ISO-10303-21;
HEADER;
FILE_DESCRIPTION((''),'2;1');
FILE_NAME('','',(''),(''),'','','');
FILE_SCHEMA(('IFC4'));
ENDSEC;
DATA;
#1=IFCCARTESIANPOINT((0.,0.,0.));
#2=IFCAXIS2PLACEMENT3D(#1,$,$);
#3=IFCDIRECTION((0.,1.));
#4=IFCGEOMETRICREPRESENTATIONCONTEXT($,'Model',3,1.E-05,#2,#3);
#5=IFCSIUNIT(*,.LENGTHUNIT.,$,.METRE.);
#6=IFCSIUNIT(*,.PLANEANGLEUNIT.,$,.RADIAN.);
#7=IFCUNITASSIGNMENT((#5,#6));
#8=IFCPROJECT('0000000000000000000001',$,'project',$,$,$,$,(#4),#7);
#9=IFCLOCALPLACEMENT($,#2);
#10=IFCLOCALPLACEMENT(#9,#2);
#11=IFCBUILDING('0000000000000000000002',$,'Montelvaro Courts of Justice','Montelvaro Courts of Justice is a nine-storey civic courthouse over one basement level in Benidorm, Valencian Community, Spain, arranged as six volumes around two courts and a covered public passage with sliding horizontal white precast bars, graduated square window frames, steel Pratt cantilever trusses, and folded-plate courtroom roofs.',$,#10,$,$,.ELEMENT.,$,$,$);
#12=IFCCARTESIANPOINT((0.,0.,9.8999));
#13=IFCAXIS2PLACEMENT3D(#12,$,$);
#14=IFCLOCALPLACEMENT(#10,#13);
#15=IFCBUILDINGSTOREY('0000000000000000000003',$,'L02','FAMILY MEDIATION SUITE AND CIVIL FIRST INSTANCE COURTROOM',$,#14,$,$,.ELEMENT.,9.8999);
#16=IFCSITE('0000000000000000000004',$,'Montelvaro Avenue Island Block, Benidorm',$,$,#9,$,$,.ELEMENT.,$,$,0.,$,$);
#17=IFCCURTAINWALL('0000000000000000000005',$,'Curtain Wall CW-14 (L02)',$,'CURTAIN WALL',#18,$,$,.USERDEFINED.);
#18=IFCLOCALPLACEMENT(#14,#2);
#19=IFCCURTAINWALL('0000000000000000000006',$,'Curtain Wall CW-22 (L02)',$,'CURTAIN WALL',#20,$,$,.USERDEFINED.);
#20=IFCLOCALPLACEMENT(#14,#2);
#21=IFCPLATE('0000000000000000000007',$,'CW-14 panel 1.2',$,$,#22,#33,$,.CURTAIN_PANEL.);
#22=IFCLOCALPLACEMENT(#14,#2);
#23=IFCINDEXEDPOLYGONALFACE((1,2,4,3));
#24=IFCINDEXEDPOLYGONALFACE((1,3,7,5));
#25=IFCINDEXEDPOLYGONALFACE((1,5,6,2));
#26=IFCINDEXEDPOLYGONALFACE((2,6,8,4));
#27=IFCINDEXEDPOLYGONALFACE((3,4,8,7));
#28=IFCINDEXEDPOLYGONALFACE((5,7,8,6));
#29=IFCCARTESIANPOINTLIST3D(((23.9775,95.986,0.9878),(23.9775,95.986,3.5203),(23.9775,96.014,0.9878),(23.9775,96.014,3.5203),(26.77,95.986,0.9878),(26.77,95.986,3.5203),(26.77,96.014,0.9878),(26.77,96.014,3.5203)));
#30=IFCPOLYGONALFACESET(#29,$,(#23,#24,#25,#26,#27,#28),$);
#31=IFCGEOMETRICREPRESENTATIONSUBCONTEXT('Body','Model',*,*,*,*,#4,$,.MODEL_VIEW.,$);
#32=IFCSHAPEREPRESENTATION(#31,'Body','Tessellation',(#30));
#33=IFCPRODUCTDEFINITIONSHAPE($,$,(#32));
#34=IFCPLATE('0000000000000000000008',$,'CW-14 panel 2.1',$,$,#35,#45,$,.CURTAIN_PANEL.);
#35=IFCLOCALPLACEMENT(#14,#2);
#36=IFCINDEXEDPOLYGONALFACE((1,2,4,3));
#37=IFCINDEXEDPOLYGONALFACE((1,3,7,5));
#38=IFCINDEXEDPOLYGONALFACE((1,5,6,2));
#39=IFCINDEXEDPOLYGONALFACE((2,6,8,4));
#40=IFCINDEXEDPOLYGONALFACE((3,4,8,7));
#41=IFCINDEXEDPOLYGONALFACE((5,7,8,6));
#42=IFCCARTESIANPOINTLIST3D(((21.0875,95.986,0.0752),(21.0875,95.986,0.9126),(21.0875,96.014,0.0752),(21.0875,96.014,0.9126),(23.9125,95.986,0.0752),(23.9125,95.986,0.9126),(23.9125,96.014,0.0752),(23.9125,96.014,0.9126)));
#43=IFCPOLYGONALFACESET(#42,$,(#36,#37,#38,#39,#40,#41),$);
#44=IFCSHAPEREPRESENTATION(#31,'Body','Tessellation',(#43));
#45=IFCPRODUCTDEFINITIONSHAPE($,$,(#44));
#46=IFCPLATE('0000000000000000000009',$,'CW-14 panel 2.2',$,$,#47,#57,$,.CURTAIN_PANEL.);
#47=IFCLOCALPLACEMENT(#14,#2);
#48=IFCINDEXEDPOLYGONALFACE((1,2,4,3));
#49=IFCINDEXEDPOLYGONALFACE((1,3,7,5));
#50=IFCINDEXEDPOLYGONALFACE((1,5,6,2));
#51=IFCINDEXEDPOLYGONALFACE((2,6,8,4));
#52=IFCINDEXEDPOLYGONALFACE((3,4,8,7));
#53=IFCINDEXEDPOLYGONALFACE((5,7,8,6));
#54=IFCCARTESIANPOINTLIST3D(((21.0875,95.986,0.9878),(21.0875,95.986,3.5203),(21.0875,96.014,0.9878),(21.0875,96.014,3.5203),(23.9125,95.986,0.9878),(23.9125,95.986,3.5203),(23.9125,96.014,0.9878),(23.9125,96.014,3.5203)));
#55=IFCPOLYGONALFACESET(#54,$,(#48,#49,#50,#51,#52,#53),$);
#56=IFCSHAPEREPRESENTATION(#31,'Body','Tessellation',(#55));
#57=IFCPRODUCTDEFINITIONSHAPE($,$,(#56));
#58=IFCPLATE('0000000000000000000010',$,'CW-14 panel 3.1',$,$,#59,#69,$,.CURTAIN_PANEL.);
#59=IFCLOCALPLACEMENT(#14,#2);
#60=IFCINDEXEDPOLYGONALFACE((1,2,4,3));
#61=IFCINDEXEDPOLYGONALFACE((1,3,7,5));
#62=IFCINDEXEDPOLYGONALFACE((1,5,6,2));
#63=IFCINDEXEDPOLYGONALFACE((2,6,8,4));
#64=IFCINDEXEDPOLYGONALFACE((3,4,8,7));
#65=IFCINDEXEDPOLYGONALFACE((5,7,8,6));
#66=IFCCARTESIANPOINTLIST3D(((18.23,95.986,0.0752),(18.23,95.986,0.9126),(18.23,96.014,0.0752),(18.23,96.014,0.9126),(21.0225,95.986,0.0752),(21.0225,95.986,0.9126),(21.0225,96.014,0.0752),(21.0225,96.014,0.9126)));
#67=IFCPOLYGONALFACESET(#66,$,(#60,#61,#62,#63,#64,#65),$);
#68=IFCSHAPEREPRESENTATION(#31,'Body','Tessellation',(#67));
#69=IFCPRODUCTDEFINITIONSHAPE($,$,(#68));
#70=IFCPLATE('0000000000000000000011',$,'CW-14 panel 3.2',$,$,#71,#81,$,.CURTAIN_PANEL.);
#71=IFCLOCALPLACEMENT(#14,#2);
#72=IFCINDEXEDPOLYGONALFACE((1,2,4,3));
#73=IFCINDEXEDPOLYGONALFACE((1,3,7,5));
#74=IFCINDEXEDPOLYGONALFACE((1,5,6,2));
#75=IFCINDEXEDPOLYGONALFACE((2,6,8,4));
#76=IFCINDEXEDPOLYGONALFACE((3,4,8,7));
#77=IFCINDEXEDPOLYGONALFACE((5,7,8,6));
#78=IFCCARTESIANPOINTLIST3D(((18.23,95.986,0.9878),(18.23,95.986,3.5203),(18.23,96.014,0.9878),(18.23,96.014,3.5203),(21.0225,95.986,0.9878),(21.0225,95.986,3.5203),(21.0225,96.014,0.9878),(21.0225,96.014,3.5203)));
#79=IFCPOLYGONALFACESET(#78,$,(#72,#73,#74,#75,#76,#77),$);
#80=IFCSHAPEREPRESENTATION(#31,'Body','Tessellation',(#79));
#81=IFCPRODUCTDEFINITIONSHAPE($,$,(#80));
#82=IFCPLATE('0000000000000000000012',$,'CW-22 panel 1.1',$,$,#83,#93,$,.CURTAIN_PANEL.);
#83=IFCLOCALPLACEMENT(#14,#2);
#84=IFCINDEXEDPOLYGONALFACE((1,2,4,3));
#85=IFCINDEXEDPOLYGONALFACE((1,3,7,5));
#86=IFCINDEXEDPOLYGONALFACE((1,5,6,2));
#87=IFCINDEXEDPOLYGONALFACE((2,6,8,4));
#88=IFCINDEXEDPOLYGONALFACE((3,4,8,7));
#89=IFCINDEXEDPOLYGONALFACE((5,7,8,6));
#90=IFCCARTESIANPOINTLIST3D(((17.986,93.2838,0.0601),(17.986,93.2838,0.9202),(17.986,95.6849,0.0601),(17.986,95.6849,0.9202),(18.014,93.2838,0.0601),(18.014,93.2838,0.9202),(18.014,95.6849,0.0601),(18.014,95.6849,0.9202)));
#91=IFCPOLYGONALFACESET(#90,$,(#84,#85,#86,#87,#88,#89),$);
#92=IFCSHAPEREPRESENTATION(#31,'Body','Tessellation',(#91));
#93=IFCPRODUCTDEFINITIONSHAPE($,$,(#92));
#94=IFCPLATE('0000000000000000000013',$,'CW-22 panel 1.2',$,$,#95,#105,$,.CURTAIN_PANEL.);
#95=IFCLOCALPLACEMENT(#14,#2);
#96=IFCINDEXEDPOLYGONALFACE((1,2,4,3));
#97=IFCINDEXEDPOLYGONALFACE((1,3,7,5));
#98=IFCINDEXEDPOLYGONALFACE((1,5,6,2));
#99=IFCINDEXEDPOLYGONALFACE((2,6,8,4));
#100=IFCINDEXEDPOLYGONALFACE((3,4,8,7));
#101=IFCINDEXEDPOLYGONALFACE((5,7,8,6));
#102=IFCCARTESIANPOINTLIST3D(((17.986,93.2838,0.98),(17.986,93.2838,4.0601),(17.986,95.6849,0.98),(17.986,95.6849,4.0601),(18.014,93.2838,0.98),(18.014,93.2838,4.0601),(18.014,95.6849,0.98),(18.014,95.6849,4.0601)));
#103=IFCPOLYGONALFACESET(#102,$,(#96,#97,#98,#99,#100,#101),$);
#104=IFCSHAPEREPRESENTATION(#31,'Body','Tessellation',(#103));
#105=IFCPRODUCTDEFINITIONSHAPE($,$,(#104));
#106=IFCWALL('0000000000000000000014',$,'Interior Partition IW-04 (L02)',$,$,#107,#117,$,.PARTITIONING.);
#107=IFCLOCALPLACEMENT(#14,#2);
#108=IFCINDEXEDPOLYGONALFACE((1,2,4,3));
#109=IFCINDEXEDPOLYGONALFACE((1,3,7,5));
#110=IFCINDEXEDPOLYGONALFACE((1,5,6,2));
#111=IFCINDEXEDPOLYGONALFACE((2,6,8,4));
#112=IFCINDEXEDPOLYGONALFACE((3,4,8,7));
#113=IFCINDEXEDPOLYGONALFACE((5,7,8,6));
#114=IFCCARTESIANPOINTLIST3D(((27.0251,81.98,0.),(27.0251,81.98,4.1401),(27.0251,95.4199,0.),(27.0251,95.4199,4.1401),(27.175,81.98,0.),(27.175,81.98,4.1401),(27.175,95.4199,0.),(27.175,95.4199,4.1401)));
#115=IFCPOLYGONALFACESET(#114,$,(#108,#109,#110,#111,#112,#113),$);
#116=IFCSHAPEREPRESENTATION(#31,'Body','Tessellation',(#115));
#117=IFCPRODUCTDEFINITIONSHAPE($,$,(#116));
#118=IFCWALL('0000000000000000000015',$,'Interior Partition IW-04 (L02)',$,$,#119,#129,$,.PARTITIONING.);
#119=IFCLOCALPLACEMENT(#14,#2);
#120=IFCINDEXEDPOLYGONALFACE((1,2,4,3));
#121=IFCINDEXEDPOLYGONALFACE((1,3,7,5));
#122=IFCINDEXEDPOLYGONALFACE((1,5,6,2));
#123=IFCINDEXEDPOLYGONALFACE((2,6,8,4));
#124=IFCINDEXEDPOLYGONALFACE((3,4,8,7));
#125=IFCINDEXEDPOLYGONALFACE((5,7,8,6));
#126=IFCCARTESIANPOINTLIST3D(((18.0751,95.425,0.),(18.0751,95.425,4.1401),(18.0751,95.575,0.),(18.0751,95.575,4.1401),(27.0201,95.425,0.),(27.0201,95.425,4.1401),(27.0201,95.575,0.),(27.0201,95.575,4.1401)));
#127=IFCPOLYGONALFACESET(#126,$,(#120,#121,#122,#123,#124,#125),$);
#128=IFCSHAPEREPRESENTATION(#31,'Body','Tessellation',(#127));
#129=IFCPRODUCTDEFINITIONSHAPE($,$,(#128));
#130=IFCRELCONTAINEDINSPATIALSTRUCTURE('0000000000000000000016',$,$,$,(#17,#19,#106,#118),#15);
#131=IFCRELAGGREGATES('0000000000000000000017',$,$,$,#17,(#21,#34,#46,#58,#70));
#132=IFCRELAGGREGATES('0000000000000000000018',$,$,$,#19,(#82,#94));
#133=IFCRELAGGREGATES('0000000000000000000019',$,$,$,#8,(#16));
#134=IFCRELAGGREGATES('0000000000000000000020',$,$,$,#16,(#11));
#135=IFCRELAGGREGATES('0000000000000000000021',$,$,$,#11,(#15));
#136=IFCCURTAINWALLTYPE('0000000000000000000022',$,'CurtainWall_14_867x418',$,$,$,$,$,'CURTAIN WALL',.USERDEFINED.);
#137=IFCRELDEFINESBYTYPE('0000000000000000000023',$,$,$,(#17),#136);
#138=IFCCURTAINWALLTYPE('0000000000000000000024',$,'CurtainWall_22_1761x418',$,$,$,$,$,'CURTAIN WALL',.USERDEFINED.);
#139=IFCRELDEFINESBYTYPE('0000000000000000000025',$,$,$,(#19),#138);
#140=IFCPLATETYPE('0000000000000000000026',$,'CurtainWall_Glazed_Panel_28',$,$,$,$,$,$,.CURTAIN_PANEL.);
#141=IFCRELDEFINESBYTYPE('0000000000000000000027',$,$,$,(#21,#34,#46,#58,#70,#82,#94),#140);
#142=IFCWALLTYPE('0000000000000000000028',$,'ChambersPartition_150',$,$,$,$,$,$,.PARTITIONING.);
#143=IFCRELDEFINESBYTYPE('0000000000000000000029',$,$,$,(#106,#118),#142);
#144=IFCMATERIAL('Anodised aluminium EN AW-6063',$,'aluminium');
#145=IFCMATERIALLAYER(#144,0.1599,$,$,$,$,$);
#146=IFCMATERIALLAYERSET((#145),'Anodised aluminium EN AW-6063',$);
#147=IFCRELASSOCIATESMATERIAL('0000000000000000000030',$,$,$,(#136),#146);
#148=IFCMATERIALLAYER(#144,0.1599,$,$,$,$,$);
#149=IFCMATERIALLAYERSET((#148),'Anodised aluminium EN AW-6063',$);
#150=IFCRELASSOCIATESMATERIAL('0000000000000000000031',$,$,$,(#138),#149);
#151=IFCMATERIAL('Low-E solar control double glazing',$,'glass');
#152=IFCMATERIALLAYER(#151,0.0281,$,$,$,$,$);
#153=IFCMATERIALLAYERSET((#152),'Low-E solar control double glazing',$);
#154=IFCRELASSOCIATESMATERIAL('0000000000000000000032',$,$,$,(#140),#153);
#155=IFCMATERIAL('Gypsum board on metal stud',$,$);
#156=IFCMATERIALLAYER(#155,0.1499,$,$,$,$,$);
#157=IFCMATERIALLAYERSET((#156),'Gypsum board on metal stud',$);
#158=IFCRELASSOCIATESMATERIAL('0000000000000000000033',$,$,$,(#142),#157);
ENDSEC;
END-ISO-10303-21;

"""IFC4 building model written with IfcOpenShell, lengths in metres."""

from ifc_helpers import new_model, si_unit, direction, frame, frame_2d, origin, origin_2d, place, context, subcontext, project, spatial, rectangle, extrude, material, layer, layer_set, type_object, element, aggregate, save


model = new_model("IFC4")

# Units and contexts
model_context = context("Model", 3, precision=1e-05, world=origin(), true_north=direction((0.0, 1.0)))
body_context = subcontext(model_context, "Body", "Model", "MODEL_VIEW")
ifc_project = project(units=[si_unit("LENGTHUNIT", "METRE"), si_unit("PLANEANGLEUNIT", "RADIAN")], contexts=[model_context])

# Site, building, storey
site_placement = place(None, origin())
site = spatial("IfcSite", under=ifc_project, at=site_placement, Name="Montelvaro Avenue Island Block, Benidorm", CompositionType="ELEMENT", RefElevation=0.0)
building_placement = place(site_placement, origin())
building = spatial("IfcBuilding", under=site, at=building_placement, Name="Montelvaro Courts of Justice", Description="Montelvaro Courts of Justice is a nine-storey civic courthouse over one basement level in Benidorm, Valencian Community, Spain, arranged as six volumes around two courts and a covered public passage with sliding horizontal white precast bars, graduated square window frames, steel Pratt cantilever trusses, and folded-plate courtroom roofs.", CompositionType="ELEMENT")
storey_placement = place(building_placement, frame((0.0, 0.0, 9.8999)))
storey = spatial("IfcBuildingStorey", under=building, at=storey_placement, Name="L02", Description="FAMILY MEDIATION SUITE AND CIVIL FIRST INSTANCE COURTROOM", CompositionType="ELEMENT", Elevation=9.8999)

# Curtain walls
ifc_material_1 = material(Name="Anodised aluminium EN AW-6063", Category="aluminium")
ifc_layer_1 = layer(ifc_material_1, 0.1599)
ifc_layer_set_1 = layer_set([ifc_layer_1], Name="Anodised aluminium EN AW-6063")
curtain_wall_type_1 = type_object("IfcCurtainWallType", Name="CurtainWall_14_867x418", ElementType="CURTAIN WALL", PredefinedType="USERDEFINED", material=ifc_layer_set_1)
curtain_wall_1_placement = place(storey_placement, origin())
curtain_wall_1 = element("IfcCurtainWall", 1, at=curtain_wall_1_placement, inside=storey, type_object=curtain_wall_type_1, Name="Curtain Wall CW-14 (L02)", ObjectType="CURTAIN WALL", PredefinedType="USERDEFINED")
ifc_layer_2 = layer(ifc_material_1, 0.1599)
ifc_layer_set_2 = layer_set([ifc_layer_2], Name="Anodised aluminium EN AW-6063")
curtain_wall_type_2 = type_object("IfcCurtainWallType", Name="CurtainWall_22_1761x418", ElementType="CURTAIN WALL", PredefinedType="USERDEFINED", material=ifc_layer_set_2)
curtain_wall_2_placement = place(storey_placement, origin())
curtain_wall_2 = element("IfcCurtainWall", 2, at=curtain_wall_2_placement, inside=storey, type_object=curtain_wall_type_2, Name="Curtain Wall CW-22 (L02)", ObjectType="CURTAIN WALL", PredefinedType="USERDEFINED")

# Plates
ifc_material_2 = material(Name="Low-E solar control double glazing", Category="glass")
ifc_layer_3 = layer(ifc_material_2, 0.0281)
ifc_layer_set_3 = layer_set([ifc_layer_3], Name="Low-E solar control double glazing")
plate_type = type_object("IfcPlateType", Name="CurtainWall_Glazed_Panel_28", PredefinedType="CURTAIN_PANEL", material=ifc_layer_set_3)
plate_1_placement = place(storey_placement, frame((25.3738, 96.0, 0.9878), z_axis=(0.0, 0.0, 1.0), x_axis=(-1.0, 0.0, 0.0)))
plate_1 = element("IfcPlate", 3, at=plate_1_placement, type_object=plate_type, Name="CW-14 panel 1.2", PredefinedType="CURTAIN_PANEL", context=body_context, shape_type="SweptSolid", body=[
    extrude(rectangle(XDim=2.7925, YDim=0.0281, at=origin_2d()), origin(), (0.0, 0.0, 1.0), 2.5325),
])
plate_2_placement = place(storey_placement, frame((22.5, 96.0, 0.0752), z_axis=(0.0, 0.0, 1.0), x_axis=(-1.0, 0.0, 0.0)))
plate_2 = element("IfcPlate", 4, at=plate_2_placement, type_object=plate_type, Name="CW-14 panel 2.1", PredefinedType="CURTAIN_PANEL", context=body_context, shape_type="SweptSolid", body=[
    extrude(rectangle(XDim=2.825, YDim=0.0281, at=origin_2d()), origin(), (0.0, 0.0, 1.0), 0.8374),
])
plate_3_placement = place(storey_placement, frame((22.5, 96.0, 0.9878), z_axis=(0.0, 0.0, 1.0), x_axis=(-1.0, 0.0, 0.0)))
plate_3 = element("IfcPlate", 5, at=plate_3_placement, type_object=plate_type, Name="CW-14 panel 2.2", PredefinedType="CURTAIN_PANEL", context=body_context, shape_type="SweptSolid", body=[
    extrude(rectangle(XDim=2.825, YDim=0.0281, at=origin_2d()), origin(), (0.0, 0.0, 1.0), 2.5325),
])
plate_4_placement = place(storey_placement, frame((19.6262, 96.0, 0.0752), z_axis=(0.0, 0.0, 1.0), x_axis=(-1.0, 0.0, 0.0)))
plate_4 = element("IfcPlate", 6, at=plate_4_placement, type_object=plate_type, Name="CW-14 panel 3.1", PredefinedType="CURTAIN_PANEL", context=body_context, shape_type="SweptSolid", body=[
    extrude(rectangle(XDim=2.7925, YDim=0.0281, at=origin_2d()), origin(), (0.0, 0.0, 1.0), 0.8374),
])
plate_5_placement = place(storey_placement, frame((19.6262, 96.0, 0.9878), z_axis=(0.0, 0.0, 1.0), x_axis=(-1.0, 0.0, 0.0)))
plate_5 = element("IfcPlate", 7, at=plate_5_placement, type_object=plate_type, Name="CW-14 panel 3.2", PredefinedType="CURTAIN_PANEL", context=body_context, shape_type="SweptSolid", body=[
    extrude(rectangle(XDim=2.7925, YDim=0.0281, at=origin_2d()), origin(), (0.0, 0.0, 1.0), 2.5325),
])
aggregate(curtain_wall_1, [plate_1, plate_2, plate_3, plate_4, plate_5])
plate_6_placement = place(storey_placement, frame((18.0, 94.4844, 0.0601), z_axis=(0.0, 0.0, 1.0), x_axis=(0.0, -1.0, 0.0)))
plate_6 = element("IfcPlate", 8, at=plate_6_placement, type_object=plate_type, Name="CW-22 panel 1.1", PredefinedType="CURTAIN_PANEL", context=body_context, shape_type="SweptSolid", body=[
    extrude(rectangle(XDim=2.4011, YDim=0.0281, at=origin_2d()), origin(), (0.0, 0.0, 1.0), 0.8601),
])
plate_7_placement = place(storey_placement, frame((18.0, 94.4844, 0.98), z_axis=(0.0, 0.0, 1.0), x_axis=(0.0, -1.0, 0.0)))
plate_7 = element("IfcPlate", 9, at=plate_7_placement, type_object=plate_type, Name="CW-22 panel 1.2", PredefinedType="CURTAIN_PANEL", context=body_context, shape_type="SweptSolid", body=[
    extrude(rectangle(XDim=2.4011, YDim=0.0281, at=origin_2d()), origin(), (0.0, 0.0, 1.0), 3.0801),
])
aggregate(curtain_wall_2, [plate_6, plate_7])

# Walls
ifc_material_3 = material(Name="Gypsum board on metal stud")
ifc_layer_4 = layer(ifc_material_3, 0.1499)
ifc_layer_set_4 = layer_set([ifc_layer_4], Name="Gypsum board on metal stud")
wall_type = type_object("IfcWallType", Name="ChambersPartition_150", PredefinedType="PARTITIONING", material=ifc_layer_set_4)
wall_1_placement = place(storey_placement, frame((27.1001, 95.4199, 0.0), z_axis=(0.0, 0.0, 1.0), x_axis=(0.0, -1.0, 0.0)))
element("IfcWall", 10, at=wall_1_placement, inside=storey, type_object=wall_type, Name="Interior Partition IW-04 (L02)", PredefinedType="PARTITIONING", context=body_context, shape_type="SweptSolid", body=[
    extrude(rectangle(XDim=13.4399, YDim=0.1499, at=frame_2d((6.72, 0.0))), origin(), (0.0, 0.0, 1.0), 4.1401),
])
wall_2_placement = place(storey_placement, frame((18.075, 95.5, 0.0), z_axis=(0.0, 0.0, 1.0), x_axis=(1.0, 0.0, 0.0)))
element("IfcWall", 11, at=wall_2_placement, inside=storey, type_object=wall_type, Name="Interior Partition IW-04 (L02)", PredefinedType="PARTITIONING", context=body_context, shape_type="SweptSolid", body=[
    extrude(rectangle(XDim=8.9451, YDim=0.1499, at=frame_2d((4.4727, 0.0))), origin(), (0.0, 0.0, 1.0), 4.1401),
])

save(model, "model.ifc")
